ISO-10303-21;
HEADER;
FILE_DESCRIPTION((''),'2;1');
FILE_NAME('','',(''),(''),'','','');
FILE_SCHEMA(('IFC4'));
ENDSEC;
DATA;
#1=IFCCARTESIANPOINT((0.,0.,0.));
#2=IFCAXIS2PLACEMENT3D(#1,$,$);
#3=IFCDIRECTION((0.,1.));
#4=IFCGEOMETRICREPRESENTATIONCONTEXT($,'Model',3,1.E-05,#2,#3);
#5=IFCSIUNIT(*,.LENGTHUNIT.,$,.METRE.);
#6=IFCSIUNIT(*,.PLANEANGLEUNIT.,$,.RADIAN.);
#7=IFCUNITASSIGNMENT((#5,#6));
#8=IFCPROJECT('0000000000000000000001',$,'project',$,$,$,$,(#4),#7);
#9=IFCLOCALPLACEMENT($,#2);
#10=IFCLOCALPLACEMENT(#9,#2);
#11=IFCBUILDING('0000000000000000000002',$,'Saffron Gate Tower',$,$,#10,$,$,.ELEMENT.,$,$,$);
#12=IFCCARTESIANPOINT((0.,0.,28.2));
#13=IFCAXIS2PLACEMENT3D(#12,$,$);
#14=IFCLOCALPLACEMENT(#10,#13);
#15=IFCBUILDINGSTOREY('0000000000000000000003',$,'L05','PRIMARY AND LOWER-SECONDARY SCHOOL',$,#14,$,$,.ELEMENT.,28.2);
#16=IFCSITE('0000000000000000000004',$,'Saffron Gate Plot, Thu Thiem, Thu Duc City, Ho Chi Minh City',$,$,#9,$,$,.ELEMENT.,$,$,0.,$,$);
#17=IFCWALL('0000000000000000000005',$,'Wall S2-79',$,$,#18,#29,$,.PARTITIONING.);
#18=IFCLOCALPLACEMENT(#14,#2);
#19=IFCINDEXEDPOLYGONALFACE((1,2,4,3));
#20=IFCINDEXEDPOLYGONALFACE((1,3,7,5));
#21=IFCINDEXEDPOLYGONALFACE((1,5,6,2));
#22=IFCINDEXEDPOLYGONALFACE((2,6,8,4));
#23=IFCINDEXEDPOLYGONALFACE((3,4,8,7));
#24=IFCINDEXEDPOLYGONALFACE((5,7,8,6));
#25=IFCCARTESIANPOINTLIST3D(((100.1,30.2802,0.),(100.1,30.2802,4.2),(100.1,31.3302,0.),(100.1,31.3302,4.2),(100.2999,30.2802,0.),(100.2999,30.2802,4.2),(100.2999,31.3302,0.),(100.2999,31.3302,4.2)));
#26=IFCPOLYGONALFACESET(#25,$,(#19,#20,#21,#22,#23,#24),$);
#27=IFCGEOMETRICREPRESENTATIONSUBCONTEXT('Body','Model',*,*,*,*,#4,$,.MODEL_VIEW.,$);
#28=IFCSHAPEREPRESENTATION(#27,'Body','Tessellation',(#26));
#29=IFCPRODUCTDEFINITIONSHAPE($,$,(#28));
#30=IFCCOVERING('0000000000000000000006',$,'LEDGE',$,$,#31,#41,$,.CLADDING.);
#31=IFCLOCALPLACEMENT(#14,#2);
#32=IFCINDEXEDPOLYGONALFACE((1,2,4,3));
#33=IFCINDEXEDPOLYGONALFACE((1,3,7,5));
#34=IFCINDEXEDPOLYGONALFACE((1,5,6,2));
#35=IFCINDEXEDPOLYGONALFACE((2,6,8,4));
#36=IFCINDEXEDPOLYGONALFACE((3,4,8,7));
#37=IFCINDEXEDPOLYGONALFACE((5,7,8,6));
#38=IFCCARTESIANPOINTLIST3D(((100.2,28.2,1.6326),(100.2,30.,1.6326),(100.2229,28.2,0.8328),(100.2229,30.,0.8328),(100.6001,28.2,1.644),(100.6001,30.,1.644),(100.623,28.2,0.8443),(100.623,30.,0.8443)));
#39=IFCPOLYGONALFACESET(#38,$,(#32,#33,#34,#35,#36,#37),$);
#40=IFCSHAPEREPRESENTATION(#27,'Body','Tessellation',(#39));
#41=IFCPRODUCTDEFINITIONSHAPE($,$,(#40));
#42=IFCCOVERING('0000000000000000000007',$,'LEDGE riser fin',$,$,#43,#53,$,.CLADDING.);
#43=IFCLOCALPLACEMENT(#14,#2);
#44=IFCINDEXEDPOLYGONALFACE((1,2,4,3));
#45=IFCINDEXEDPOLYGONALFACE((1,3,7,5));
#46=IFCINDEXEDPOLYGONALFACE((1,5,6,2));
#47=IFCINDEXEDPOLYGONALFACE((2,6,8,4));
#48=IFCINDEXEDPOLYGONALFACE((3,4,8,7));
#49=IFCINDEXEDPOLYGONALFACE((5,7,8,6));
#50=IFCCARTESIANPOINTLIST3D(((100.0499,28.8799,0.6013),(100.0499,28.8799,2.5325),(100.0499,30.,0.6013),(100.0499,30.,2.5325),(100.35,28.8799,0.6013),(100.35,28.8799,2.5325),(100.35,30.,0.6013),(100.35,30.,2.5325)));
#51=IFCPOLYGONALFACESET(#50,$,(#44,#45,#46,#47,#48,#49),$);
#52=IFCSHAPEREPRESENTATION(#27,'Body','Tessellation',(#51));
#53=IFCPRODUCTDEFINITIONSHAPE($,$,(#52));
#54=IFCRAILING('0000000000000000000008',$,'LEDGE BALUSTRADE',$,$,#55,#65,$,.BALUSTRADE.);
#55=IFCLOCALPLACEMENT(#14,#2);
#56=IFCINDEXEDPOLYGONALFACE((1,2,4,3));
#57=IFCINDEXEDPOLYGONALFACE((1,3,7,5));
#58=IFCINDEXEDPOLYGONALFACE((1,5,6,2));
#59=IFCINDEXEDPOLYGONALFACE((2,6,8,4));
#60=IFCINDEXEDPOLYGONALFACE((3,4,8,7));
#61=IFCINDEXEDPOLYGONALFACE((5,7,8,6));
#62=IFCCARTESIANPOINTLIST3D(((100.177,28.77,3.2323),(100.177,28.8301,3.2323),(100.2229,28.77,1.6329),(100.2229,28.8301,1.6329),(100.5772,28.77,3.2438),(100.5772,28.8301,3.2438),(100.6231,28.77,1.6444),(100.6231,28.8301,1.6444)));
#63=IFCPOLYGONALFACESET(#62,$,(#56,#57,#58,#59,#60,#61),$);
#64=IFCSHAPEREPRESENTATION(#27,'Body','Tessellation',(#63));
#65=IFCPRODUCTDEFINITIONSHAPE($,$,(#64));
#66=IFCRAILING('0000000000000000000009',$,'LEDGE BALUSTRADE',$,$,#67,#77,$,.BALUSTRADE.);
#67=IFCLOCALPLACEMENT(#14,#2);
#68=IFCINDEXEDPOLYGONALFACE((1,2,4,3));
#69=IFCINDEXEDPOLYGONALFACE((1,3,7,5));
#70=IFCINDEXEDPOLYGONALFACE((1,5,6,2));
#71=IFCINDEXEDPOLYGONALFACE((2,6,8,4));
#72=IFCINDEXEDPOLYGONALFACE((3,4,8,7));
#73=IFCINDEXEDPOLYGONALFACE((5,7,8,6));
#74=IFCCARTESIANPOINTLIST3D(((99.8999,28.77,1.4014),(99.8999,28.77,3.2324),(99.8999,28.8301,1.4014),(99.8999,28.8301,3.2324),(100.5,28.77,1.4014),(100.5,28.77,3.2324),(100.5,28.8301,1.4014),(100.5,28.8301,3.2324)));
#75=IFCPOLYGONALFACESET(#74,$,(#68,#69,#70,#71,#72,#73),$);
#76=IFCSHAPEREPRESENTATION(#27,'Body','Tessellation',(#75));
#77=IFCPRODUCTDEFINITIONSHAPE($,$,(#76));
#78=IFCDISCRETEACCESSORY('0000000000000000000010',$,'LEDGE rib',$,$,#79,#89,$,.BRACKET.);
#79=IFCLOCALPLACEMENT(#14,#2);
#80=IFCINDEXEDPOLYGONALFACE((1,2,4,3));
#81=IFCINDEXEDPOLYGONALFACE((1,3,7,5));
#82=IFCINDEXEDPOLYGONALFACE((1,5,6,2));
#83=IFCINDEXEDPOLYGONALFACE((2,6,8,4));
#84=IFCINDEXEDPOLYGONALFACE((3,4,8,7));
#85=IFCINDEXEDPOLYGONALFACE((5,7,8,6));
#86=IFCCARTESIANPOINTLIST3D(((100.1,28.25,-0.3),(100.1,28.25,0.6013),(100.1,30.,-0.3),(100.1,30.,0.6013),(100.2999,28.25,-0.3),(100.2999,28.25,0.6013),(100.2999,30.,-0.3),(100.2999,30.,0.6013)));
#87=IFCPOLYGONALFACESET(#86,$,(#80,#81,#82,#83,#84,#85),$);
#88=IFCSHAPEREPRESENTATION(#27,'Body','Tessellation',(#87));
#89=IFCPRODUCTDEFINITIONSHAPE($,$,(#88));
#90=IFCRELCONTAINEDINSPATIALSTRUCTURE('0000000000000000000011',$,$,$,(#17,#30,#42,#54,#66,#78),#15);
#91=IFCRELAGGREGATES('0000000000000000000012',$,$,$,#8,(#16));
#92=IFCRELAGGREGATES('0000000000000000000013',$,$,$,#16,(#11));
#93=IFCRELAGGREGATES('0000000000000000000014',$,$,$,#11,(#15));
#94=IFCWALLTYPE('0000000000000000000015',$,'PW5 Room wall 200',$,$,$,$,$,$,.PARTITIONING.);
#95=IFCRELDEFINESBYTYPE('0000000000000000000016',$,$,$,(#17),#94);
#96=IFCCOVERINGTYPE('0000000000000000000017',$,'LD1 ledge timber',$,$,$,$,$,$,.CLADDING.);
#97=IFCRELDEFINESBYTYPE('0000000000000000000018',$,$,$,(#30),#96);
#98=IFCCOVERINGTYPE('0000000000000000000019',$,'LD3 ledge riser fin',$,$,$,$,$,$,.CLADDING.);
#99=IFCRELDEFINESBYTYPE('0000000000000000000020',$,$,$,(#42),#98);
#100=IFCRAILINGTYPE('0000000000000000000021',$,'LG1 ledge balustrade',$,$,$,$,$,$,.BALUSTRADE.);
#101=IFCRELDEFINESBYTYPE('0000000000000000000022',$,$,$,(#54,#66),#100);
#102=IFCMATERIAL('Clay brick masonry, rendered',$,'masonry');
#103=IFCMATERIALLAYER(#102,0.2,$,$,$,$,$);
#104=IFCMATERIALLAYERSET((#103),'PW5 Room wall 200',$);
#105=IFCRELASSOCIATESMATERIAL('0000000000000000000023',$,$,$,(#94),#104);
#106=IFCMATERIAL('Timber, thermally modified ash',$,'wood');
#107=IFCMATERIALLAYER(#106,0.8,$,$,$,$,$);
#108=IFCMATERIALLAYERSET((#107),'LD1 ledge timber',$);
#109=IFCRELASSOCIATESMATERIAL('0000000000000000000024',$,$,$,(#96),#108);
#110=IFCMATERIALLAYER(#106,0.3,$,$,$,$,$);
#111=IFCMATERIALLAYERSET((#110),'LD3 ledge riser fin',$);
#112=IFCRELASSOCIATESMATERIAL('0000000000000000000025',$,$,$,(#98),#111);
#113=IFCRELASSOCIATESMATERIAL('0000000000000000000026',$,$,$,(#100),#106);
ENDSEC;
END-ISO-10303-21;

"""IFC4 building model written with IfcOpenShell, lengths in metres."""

from ifc_helpers import new_model, si_unit, direction, frame, frame_2d, origin, origin_2d, place, context, subcontext, project, spatial, polyline, rectangle, outline, extrude, material, layer, layer_set, type_object, element, save


model = new_model("IFC4")

# Units and contexts
model_context = context("Model", 3, precision=1e-05, world=origin(), true_north=direction((0.0, 1.0)))
body_context = subcontext(model_context, "Body", "Model", "MODEL_VIEW")
ifc_project = project(units=[si_unit("LENGTHUNIT", "METRE"), si_unit("PLANEANGLEUNIT", "RADIAN")], contexts=[model_context])

# Site, building, storey
site_placement = place(None, origin())
site = spatial("IfcSite", under=ifc_project, at=site_placement, Name="Saffron Gate Plot, Thu Thiem, Thu Duc City, Ho Chi Minh City", CompositionType="ELEMENT", RefElevation=0.0)
building_placement = place(site_placement, origin())
building = spatial("IfcBuilding", under=site, at=building_placement, Name="Saffron Gate Tower", CompositionType="ELEMENT")
storey_placement = place(building_placement, frame((0.0, 0.0, 28.2)))
storey = spatial("IfcBuildingStorey", under=building, at=storey_placement, Name="L05", Description="PRIMARY AND LOWER-SECONDARY SCHOOL", CompositionType="ELEMENT", Elevation=28.2)

# Shared definitions
ifc_material_1 = material(Name="Clay brick masonry, rendered", Category="masonry")

# Wall
ifc_layer_1 = layer(ifc_material_1, 0.2)
ifc_layer_set_1 = layer_set([ifc_layer_1], Name="PW5 Room wall 200")
wall_type_1 = type_object("IfcWallType", Name="PW5 Room wall 200", PredefinedType="PARTITIONING", material=ifc_layer_set_1)
wall_1_placement = place(storey_placement, frame((100.2, 31.3301, 0.0), z_axis=(0.0, 0.0, 1.0), x_axis=(0.0, -1.0, 0.0)))
element("IfcWall", 1, at=wall_1_placement, inside=storey, type_object=wall_type_1, Name="Wall S2-79", PredefinedType="PARTITIONING", context=body_context, shape_type="SweptSolid", body=[
    extrude(rectangle(XDim=1.05, YDim=0.2, at=frame_2d((0.5249, 0.0))), origin(), (0.0, 0.0, 1.0), 4.2),
])

# Coverings
ifc_material_2 = material(Name="Timber, thermally modified ash", Category="wood")
ifc_layer_2 = layer(ifc_material_2, 0.8)
ifc_layer_set_2 = layer_set([ifc_layer_2], Name="LD1 ledge timber")
covering_type_1 = type_object("IfcCoveringType", Name="LD1 ledge timber", PredefinedType="CLADDING", material=ifc_layer_set_2)
covering_1_placement = place(storey_placement, frame((100.2, 30.0, 1.6326), z_axis=(-0.028664, 0.0, 0.999589), x_axis=(0.999589, 0.0, 0.028664)))
element("IfcCovering", 2, at=covering_1_placement, inside=storey, type_object=covering_type_1, Name="LEDGE", PredefinedType="CLADDING", context=body_context, shape_type="SweptSolid", body=[
    extrude(outline(polyline([(0.0, 0.0), (0.4003, 0.0), (0.4003, -1.8), (0.0, -1.8), (0.0, 0.0)])), origin(), (0.0, 0.0, -1.0), 0.8),
])
ifc_layer_3 = layer(ifc_material_2, 0.3)
ifc_layer_set_3 = layer_set([ifc_layer_3], Name="LD3 ledge riser fin")
covering_type_2 = type_object("IfcCoveringType", Name="LD3 ledge riser fin", PredefinedType="CLADDING", material=ifc_layer_set_3)
covering_2_placement = place(storey_placement, frame((100.2, 29.4399, 0.6013), z_axis=(0.0, 0.0, 1.0), x_axis=(1.0, 0.0, 0.0)))
element("IfcCovering", 3, at=covering_2_placement, inside=storey, type_object=covering_type_2, Name="LEDGE riser fin", PredefinedType="CLADDING", context=body_context, shape_type="SweptSolid", body=[
    extrude(rectangle(XDim=0.3, YDim=1.1201, at=origin_2d()), origin(), (0.0, 0.0, 1.0), 1.9312),
])

# Railings
railing_type = type_object("IfcRailingType", Name="LG1 ledge balustrade", PredefinedType="BALUSTRADE", material=ifc_material_2)
railing_1_placement = place(storey_placement, frame((100.2, 28.8, 1.6326)))
element("IfcRailing", 4, at=railing_1_placement, inside=storey, type_object=railing_type, Name="LEDGE BALUSTRADE", PredefinedType="BALUSTRADE", context=body_context, shape_type="SweptSolid", body=[
    extrude(rectangle(XDim=0.0601, YDim=1.6001, at=origin_2d()), frame((0.0, 0.0, 0.8), z_axis=(0.999589, 0.0, 0.028664), x_axis=(0.0, 1.0, 0.0)), (0.0, 0.0, 1.0), 0.4004),
])
railing_2_placement = place(storey_placement, frame((99.8999, 28.8, 1.4014)))
element("IfcRailing", 5, at=railing_2_placement, inside=storey, type_object=railing_type, Name="LEDGE BALUSTRADE", PredefinedType="BALUSTRADE", context=body_context, shape_type="SweptSolid", body=[
    extrude(rectangle(XDim=0.0601, YDim=1.8311, at=origin_2d()), frame((0.0, 0.0, 0.9155), z_axis=(1.0, 0.0, 0.0), x_axis=(0.0, 1.0, 0.0)), (0.0, 0.0, 1.0), 0.6001),
])

# Discrete accessory
discrete_accessory_placement = place(storey_placement, frame((100.2, 29.125, -0.3), z_axis=(0.0, 0.0, 1.0), x_axis=(1.0, 0.0, 0.0)))
element("IfcDiscreteAccessory", 6, at=discrete_accessory_placement, inside=storey, Name="LEDGE rib", PredefinedType="BRACKET", context=body_context, shape_type="SweptSolid", body=[
    extrude(rectangle(XDim=0.2, YDim=1.75, at=origin_2d()), origin(), (0.0, 0.0, 1.0), 0.9014),
])

save(model, "model.ifc")
